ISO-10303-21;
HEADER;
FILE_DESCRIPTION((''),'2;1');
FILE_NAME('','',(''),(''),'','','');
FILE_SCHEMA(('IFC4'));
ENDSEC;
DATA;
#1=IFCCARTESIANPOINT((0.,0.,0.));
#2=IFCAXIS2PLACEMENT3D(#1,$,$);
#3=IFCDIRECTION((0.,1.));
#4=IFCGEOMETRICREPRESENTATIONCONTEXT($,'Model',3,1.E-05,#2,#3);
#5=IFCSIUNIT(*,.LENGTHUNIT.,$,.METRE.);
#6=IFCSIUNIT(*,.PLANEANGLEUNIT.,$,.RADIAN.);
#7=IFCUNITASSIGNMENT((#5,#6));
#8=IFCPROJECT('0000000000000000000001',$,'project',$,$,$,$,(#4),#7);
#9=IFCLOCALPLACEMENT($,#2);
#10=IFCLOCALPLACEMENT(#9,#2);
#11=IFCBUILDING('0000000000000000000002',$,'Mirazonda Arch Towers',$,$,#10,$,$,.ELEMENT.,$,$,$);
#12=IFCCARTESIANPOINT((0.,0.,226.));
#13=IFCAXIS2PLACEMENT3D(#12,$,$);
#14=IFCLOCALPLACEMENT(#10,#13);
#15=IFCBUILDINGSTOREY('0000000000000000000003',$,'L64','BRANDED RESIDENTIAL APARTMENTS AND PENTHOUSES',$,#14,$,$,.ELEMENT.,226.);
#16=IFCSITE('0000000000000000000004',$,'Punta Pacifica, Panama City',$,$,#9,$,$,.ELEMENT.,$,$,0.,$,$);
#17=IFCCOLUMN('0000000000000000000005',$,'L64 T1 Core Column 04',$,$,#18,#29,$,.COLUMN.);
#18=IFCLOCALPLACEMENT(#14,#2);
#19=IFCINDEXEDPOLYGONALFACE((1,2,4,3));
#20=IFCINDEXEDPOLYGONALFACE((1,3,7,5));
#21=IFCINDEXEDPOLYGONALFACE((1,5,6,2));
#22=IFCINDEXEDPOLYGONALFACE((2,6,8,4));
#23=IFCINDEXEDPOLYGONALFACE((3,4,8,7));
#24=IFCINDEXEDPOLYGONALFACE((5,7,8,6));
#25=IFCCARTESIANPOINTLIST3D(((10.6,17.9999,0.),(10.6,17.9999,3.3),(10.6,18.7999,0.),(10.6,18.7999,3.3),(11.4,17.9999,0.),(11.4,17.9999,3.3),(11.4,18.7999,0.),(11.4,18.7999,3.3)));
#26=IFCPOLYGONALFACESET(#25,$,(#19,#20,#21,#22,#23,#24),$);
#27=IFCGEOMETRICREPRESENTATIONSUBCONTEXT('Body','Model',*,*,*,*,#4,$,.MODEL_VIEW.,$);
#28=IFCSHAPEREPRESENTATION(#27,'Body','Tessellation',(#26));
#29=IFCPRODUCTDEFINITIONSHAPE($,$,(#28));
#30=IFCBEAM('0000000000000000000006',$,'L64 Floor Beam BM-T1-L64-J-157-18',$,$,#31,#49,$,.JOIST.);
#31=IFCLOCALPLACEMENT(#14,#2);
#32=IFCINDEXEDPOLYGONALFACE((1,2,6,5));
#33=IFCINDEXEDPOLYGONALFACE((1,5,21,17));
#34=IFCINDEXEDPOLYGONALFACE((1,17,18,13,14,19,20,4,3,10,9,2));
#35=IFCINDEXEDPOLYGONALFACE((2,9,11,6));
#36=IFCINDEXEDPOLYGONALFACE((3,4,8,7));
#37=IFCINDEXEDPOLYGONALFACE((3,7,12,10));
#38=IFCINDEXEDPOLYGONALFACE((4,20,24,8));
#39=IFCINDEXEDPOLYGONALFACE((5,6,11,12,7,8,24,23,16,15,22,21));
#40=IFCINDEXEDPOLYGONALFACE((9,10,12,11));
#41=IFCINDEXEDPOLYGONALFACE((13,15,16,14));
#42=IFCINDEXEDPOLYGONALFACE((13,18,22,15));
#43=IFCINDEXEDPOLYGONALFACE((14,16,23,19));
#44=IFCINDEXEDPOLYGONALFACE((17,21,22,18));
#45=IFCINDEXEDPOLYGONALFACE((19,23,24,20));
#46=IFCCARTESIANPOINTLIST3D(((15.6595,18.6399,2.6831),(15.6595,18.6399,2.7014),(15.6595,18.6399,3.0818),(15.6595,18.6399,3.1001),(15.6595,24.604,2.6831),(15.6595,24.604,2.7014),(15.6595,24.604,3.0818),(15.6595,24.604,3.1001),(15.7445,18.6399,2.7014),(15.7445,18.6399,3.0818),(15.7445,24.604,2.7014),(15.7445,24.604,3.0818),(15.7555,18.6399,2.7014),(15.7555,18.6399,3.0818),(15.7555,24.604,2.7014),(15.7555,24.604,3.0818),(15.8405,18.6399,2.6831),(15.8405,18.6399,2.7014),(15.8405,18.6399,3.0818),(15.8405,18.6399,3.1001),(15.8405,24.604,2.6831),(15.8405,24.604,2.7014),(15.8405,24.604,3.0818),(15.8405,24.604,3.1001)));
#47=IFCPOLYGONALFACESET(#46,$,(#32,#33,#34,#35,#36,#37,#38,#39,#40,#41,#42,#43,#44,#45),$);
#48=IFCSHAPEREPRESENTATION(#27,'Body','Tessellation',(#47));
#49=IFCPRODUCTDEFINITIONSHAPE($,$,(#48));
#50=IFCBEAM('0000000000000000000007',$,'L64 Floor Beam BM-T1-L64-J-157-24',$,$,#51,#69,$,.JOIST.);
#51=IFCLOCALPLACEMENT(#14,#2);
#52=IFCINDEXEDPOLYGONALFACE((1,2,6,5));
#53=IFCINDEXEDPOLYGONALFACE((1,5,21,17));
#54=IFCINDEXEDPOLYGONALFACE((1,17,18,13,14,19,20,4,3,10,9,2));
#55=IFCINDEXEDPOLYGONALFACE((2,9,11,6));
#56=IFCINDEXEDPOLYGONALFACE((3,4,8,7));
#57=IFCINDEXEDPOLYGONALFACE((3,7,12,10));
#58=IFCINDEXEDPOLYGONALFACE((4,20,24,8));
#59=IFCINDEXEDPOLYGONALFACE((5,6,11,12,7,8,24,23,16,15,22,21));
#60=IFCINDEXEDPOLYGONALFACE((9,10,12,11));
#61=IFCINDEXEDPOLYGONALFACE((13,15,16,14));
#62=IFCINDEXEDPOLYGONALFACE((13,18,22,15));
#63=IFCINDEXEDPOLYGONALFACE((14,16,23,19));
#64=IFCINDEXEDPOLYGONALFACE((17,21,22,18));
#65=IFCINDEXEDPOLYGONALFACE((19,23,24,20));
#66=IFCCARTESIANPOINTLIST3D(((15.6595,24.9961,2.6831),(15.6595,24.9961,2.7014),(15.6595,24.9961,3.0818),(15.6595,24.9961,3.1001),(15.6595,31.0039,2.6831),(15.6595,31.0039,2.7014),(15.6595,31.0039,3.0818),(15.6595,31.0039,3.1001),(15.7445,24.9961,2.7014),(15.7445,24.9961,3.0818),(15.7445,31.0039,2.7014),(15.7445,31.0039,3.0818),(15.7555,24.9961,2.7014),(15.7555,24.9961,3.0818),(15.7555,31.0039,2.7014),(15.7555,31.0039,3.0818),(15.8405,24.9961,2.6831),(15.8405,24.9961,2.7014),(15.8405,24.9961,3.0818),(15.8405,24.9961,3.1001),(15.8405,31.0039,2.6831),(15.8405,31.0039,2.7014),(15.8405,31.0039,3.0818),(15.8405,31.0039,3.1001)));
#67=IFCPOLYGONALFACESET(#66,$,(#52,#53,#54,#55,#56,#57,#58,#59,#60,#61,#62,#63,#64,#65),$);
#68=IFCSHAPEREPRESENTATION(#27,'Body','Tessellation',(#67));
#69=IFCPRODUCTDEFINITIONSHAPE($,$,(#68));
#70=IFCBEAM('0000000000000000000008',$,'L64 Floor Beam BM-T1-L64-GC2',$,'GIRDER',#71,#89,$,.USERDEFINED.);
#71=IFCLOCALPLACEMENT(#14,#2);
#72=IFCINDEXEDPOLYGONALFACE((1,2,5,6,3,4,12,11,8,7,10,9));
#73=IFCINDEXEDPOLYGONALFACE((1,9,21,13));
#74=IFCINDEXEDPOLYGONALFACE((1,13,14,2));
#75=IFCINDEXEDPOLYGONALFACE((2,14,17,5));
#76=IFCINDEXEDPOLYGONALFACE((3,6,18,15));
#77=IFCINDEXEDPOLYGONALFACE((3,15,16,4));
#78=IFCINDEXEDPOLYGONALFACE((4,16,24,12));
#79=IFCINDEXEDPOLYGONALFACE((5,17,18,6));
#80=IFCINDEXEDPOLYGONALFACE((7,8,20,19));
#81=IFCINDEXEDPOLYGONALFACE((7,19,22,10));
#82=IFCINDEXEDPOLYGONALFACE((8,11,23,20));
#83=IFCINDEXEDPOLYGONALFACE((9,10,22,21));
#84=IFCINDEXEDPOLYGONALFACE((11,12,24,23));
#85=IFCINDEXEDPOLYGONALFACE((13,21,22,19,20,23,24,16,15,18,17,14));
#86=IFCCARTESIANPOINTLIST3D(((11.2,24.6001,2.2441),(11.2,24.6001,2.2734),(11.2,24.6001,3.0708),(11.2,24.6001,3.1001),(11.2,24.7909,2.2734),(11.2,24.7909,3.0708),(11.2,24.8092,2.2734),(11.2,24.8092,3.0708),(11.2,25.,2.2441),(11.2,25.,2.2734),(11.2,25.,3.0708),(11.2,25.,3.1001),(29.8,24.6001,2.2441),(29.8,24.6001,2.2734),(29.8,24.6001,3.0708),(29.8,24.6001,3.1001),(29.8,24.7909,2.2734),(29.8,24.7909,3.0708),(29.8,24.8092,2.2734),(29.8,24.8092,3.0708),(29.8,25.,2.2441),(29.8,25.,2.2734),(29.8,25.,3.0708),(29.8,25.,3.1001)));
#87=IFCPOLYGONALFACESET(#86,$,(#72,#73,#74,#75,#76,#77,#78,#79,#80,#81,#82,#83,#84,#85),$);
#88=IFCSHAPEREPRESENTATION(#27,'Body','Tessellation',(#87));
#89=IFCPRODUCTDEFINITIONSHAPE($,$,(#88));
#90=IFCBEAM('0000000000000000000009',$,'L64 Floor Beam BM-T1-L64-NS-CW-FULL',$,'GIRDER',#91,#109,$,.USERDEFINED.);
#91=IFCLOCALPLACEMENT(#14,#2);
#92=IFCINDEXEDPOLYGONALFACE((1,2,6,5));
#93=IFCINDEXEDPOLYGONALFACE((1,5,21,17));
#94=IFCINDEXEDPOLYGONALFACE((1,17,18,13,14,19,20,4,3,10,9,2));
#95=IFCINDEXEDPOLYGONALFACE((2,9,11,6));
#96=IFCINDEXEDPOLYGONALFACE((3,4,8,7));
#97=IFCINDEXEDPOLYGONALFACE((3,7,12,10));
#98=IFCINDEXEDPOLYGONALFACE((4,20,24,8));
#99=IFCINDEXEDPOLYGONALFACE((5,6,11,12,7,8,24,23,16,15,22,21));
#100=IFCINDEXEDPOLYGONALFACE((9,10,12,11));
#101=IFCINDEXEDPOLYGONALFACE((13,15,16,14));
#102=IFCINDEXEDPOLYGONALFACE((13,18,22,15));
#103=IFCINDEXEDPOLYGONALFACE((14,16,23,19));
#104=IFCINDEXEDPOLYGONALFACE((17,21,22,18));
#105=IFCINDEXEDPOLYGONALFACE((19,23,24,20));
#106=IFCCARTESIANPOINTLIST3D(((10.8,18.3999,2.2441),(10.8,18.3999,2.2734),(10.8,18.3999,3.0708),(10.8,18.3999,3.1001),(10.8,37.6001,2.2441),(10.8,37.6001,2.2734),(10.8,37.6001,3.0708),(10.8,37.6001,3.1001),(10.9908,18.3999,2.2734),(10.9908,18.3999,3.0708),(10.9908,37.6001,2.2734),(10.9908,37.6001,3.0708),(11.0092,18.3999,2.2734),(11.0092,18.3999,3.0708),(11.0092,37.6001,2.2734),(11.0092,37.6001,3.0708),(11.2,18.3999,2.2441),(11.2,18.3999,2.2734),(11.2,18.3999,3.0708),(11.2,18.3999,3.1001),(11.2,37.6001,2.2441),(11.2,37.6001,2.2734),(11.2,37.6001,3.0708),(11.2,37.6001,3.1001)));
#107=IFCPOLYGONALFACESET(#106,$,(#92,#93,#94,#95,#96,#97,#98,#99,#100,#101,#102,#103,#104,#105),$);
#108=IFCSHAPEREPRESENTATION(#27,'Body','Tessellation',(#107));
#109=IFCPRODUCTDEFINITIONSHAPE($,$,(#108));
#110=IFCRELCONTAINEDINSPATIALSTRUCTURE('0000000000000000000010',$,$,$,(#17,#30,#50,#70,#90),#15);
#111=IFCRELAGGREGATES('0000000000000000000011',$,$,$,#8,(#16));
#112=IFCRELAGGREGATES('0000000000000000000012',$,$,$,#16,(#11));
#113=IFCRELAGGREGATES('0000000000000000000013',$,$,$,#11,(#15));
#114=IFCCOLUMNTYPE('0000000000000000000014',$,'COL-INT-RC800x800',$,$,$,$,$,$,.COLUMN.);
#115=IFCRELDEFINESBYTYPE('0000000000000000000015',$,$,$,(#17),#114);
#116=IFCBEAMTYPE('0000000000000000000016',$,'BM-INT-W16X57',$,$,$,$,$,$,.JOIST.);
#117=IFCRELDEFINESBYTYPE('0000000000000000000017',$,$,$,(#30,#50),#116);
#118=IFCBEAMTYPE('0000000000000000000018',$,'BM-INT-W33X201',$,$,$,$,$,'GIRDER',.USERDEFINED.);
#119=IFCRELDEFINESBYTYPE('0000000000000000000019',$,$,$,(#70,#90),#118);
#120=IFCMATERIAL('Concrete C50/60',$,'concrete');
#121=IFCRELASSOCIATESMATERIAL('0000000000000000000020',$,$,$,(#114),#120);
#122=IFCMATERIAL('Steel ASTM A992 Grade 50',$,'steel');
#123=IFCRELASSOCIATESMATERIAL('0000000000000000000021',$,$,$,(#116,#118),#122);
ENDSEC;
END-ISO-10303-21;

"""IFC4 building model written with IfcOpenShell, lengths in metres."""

from ifc_helpers import new_model, si_unit, direction, frame, origin, origin_2d, place, context, subcontext, project, spatial, rectangle, i_section, extrude, material, material_profile, profile_set, type_object, element, save


model = new_model("IFC4")

# Units and contexts
model_context = context("Model", 3, precision=1e-05, world=origin(), true_north=direction((0.0, 1.0)))
body_context = subcontext(model_context, "Body", "Model", "MODEL_VIEW")
ifc_project = project(units=[si_unit("LENGTHUNIT", "METRE"), si_unit("PLANEANGLEUNIT", "RADIAN")], contexts=[model_context])

# Site, building, storey
site_placement = place(None, origin())
site = spatial("IfcSite", under=ifc_project, at=site_placement, Name="Punta Pacifica, Panama City", CompositionType="ELEMENT", RefElevation=0.0)
building_placement = place(site_placement, origin())
building = spatial("IfcBuilding", under=site, at=building_placement, Name="Mirazonda Arch Towers", CompositionType="ELEMENT")
storey_placement = place(building_placement, frame((0.0, 0.0, 226.0)))
storey = spatial("IfcBuildingStorey", under=building, at=storey_placement, Name="L64", Description="BRANDED RESIDENTIAL APARTMENTS AND PENTHOUSES", CompositionType="ELEMENT", Elevation=226.0)

# Column
ifc_material_1 = material(Name="Concrete C50/60", Category="concrete")
ifc_material_profile_1 = material_profile(ifc_material_1, rectangle(XDim=0.8, YDim=0.8, at=origin_2d()), Name="RC800x800")
ifc_profile_set_1 = profile_set([ifc_material_profile_1], Name="Concrete C50/60")
column_type = type_object("IfcColumnType", Name="COL-INT-RC800x800", PredefinedType="COLUMN", material=ifc_profile_set_1)
column_placement = place(storey_placement, frame((11.0, 18.3999, 0.0), z_axis=(0.0, 0.0, 1.0), x_axis=(1.0, 0.0, 0.0)))
element("IfcColumn", 1, at=column_placement, inside=storey, type_object=column_type, Name="L64 T1 Core Column 04", PredefinedType="COLUMN", context=body_context, shape_type="SweptSolid", body=[
    extrude(rectangle(XDim=0.8, YDim=0.8, at=origin_2d()), origin(), (0.0, 0.0, 1.0), 3.3),
])

# Beams
ifc_material_2 = material(Name="Steel ASTM A992 Grade 50", Category="steel")
ifc_material_profile_2 = material_profile(ifc_material_2, i_section(OverallWidth=0.1809, OverallDepth=0.417, WebThickness=0.011, FlangeThickness=0.0183, at=origin_2d()), Name="W16X57")
ifc_profile_set_2 = profile_set([ifc_material_profile_2], Name="Steel ASTM A992 Grade 50")
beam_type_1 = type_object("IfcBeamType", Name="BM-INT-W16X57", PredefinedType="JOIST", material=ifc_profile_set_2)
beam_1_placement = place(storey_placement, frame((15.75, 18.6399, 2.8916), z_axis=(0.0, 1.0, 0.0), x_axis=(-1.0, 0.0, 0.0)))
element("IfcBeam", 2, at=beam_1_placement, inside=storey, type_object=beam_type_1, Name="L64 Floor Beam BM-T1-L64-J-157-18", PredefinedType="JOIST", context=body_context, shape_type="SweptSolid", body=[
    extrude(i_section(OverallWidth=0.1809, OverallDepth=0.417, WebThickness=0.011, FlangeThickness=0.0183, at=origin_2d()), origin(), (0.0, 0.0, 1.0), 5.9641),
])
beam_2_placement = place(storey_placement, frame((15.75, 24.9961, 2.8916), z_axis=(0.0, 1.0, 0.0), x_axis=(-1.0, 0.0, 0.0)))
element("IfcBeam", 3, at=beam_2_placement, inside=storey, type_object=beam_type_1, Name="L64 Floor Beam BM-T1-L64-J-157-24", PredefinedType="JOIST", context=body_context, shape_type="SweptSolid", body=[
    extrude(i_section(OverallWidth=0.1809, OverallDepth=0.417, WebThickness=0.011, FlangeThickness=0.0183, at=origin_2d()), origin(), (0.0, 0.0, 1.0), 6.0078),
])
ifc_material_profile_3 = material_profile(ifc_material_2, i_section(OverallWidth=0.3999, OverallDepth=0.856, WebThickness=0.0183, FlangeThickness=0.0293, at=origin_2d()), Name="W33X201")
ifc_profile_set_3 = profile_set([ifc_material_profile_3], Name="Steel ASTM A992 Grade 50")
beam_type_2 = type_object("IfcBeamType", Name="BM-INT-W33X201", ElementType="GIRDER", PredefinedType="USERDEFINED", material=ifc_profile_set_3)
beam_3_placement = place(storey_placement, frame((11.2, 24.8, 2.6721), z_axis=(1.0, 0.0, 0.0), x_axis=(0.0, 1.0, 0.0)))
element("IfcBeam", 4, at=beam_3_placement, inside=storey, type_object=beam_type_2, Name="L64 Floor Beam BM-T1-L64-GC2", ObjectType="GIRDER", PredefinedType="USERDEFINED", context=body_context, shape_type="SweptSolid", body=[
    extrude(i_section(OverallWidth=0.3999, OverallDepth=0.856, WebThickness=0.0183, FlangeThickness=0.0293, at=origin_2d()), origin(), (0.0, 0.0, 1.0), 18.6001),
])
beam_4_placement = place(storey_placement, frame((11.0, 18.3999, 2.6721), z_axis=(0.0, 1.0, 0.0), x_axis=(-1.0, 0.0, 0.0)))
element("IfcBeam", 5, at=beam_4_placement, inside=storey, type_object=beam_type_2, Name="L64 Floor Beam BM-T1-L64-NS-CW-FULL", ObjectType="GIRDER", PredefinedType="USERDEFINED", context=body_context, shape_type="SweptSolid", body=[
    extrude(i_section(OverallWidth=0.3999, OverallDepth=0.856, WebThickness=0.0183, FlangeThickness=0.0293, at=origin_2d()), origin(), (0.0, 0.0, 1.0), 19.2002),
])

save(model, "model.ifc")
